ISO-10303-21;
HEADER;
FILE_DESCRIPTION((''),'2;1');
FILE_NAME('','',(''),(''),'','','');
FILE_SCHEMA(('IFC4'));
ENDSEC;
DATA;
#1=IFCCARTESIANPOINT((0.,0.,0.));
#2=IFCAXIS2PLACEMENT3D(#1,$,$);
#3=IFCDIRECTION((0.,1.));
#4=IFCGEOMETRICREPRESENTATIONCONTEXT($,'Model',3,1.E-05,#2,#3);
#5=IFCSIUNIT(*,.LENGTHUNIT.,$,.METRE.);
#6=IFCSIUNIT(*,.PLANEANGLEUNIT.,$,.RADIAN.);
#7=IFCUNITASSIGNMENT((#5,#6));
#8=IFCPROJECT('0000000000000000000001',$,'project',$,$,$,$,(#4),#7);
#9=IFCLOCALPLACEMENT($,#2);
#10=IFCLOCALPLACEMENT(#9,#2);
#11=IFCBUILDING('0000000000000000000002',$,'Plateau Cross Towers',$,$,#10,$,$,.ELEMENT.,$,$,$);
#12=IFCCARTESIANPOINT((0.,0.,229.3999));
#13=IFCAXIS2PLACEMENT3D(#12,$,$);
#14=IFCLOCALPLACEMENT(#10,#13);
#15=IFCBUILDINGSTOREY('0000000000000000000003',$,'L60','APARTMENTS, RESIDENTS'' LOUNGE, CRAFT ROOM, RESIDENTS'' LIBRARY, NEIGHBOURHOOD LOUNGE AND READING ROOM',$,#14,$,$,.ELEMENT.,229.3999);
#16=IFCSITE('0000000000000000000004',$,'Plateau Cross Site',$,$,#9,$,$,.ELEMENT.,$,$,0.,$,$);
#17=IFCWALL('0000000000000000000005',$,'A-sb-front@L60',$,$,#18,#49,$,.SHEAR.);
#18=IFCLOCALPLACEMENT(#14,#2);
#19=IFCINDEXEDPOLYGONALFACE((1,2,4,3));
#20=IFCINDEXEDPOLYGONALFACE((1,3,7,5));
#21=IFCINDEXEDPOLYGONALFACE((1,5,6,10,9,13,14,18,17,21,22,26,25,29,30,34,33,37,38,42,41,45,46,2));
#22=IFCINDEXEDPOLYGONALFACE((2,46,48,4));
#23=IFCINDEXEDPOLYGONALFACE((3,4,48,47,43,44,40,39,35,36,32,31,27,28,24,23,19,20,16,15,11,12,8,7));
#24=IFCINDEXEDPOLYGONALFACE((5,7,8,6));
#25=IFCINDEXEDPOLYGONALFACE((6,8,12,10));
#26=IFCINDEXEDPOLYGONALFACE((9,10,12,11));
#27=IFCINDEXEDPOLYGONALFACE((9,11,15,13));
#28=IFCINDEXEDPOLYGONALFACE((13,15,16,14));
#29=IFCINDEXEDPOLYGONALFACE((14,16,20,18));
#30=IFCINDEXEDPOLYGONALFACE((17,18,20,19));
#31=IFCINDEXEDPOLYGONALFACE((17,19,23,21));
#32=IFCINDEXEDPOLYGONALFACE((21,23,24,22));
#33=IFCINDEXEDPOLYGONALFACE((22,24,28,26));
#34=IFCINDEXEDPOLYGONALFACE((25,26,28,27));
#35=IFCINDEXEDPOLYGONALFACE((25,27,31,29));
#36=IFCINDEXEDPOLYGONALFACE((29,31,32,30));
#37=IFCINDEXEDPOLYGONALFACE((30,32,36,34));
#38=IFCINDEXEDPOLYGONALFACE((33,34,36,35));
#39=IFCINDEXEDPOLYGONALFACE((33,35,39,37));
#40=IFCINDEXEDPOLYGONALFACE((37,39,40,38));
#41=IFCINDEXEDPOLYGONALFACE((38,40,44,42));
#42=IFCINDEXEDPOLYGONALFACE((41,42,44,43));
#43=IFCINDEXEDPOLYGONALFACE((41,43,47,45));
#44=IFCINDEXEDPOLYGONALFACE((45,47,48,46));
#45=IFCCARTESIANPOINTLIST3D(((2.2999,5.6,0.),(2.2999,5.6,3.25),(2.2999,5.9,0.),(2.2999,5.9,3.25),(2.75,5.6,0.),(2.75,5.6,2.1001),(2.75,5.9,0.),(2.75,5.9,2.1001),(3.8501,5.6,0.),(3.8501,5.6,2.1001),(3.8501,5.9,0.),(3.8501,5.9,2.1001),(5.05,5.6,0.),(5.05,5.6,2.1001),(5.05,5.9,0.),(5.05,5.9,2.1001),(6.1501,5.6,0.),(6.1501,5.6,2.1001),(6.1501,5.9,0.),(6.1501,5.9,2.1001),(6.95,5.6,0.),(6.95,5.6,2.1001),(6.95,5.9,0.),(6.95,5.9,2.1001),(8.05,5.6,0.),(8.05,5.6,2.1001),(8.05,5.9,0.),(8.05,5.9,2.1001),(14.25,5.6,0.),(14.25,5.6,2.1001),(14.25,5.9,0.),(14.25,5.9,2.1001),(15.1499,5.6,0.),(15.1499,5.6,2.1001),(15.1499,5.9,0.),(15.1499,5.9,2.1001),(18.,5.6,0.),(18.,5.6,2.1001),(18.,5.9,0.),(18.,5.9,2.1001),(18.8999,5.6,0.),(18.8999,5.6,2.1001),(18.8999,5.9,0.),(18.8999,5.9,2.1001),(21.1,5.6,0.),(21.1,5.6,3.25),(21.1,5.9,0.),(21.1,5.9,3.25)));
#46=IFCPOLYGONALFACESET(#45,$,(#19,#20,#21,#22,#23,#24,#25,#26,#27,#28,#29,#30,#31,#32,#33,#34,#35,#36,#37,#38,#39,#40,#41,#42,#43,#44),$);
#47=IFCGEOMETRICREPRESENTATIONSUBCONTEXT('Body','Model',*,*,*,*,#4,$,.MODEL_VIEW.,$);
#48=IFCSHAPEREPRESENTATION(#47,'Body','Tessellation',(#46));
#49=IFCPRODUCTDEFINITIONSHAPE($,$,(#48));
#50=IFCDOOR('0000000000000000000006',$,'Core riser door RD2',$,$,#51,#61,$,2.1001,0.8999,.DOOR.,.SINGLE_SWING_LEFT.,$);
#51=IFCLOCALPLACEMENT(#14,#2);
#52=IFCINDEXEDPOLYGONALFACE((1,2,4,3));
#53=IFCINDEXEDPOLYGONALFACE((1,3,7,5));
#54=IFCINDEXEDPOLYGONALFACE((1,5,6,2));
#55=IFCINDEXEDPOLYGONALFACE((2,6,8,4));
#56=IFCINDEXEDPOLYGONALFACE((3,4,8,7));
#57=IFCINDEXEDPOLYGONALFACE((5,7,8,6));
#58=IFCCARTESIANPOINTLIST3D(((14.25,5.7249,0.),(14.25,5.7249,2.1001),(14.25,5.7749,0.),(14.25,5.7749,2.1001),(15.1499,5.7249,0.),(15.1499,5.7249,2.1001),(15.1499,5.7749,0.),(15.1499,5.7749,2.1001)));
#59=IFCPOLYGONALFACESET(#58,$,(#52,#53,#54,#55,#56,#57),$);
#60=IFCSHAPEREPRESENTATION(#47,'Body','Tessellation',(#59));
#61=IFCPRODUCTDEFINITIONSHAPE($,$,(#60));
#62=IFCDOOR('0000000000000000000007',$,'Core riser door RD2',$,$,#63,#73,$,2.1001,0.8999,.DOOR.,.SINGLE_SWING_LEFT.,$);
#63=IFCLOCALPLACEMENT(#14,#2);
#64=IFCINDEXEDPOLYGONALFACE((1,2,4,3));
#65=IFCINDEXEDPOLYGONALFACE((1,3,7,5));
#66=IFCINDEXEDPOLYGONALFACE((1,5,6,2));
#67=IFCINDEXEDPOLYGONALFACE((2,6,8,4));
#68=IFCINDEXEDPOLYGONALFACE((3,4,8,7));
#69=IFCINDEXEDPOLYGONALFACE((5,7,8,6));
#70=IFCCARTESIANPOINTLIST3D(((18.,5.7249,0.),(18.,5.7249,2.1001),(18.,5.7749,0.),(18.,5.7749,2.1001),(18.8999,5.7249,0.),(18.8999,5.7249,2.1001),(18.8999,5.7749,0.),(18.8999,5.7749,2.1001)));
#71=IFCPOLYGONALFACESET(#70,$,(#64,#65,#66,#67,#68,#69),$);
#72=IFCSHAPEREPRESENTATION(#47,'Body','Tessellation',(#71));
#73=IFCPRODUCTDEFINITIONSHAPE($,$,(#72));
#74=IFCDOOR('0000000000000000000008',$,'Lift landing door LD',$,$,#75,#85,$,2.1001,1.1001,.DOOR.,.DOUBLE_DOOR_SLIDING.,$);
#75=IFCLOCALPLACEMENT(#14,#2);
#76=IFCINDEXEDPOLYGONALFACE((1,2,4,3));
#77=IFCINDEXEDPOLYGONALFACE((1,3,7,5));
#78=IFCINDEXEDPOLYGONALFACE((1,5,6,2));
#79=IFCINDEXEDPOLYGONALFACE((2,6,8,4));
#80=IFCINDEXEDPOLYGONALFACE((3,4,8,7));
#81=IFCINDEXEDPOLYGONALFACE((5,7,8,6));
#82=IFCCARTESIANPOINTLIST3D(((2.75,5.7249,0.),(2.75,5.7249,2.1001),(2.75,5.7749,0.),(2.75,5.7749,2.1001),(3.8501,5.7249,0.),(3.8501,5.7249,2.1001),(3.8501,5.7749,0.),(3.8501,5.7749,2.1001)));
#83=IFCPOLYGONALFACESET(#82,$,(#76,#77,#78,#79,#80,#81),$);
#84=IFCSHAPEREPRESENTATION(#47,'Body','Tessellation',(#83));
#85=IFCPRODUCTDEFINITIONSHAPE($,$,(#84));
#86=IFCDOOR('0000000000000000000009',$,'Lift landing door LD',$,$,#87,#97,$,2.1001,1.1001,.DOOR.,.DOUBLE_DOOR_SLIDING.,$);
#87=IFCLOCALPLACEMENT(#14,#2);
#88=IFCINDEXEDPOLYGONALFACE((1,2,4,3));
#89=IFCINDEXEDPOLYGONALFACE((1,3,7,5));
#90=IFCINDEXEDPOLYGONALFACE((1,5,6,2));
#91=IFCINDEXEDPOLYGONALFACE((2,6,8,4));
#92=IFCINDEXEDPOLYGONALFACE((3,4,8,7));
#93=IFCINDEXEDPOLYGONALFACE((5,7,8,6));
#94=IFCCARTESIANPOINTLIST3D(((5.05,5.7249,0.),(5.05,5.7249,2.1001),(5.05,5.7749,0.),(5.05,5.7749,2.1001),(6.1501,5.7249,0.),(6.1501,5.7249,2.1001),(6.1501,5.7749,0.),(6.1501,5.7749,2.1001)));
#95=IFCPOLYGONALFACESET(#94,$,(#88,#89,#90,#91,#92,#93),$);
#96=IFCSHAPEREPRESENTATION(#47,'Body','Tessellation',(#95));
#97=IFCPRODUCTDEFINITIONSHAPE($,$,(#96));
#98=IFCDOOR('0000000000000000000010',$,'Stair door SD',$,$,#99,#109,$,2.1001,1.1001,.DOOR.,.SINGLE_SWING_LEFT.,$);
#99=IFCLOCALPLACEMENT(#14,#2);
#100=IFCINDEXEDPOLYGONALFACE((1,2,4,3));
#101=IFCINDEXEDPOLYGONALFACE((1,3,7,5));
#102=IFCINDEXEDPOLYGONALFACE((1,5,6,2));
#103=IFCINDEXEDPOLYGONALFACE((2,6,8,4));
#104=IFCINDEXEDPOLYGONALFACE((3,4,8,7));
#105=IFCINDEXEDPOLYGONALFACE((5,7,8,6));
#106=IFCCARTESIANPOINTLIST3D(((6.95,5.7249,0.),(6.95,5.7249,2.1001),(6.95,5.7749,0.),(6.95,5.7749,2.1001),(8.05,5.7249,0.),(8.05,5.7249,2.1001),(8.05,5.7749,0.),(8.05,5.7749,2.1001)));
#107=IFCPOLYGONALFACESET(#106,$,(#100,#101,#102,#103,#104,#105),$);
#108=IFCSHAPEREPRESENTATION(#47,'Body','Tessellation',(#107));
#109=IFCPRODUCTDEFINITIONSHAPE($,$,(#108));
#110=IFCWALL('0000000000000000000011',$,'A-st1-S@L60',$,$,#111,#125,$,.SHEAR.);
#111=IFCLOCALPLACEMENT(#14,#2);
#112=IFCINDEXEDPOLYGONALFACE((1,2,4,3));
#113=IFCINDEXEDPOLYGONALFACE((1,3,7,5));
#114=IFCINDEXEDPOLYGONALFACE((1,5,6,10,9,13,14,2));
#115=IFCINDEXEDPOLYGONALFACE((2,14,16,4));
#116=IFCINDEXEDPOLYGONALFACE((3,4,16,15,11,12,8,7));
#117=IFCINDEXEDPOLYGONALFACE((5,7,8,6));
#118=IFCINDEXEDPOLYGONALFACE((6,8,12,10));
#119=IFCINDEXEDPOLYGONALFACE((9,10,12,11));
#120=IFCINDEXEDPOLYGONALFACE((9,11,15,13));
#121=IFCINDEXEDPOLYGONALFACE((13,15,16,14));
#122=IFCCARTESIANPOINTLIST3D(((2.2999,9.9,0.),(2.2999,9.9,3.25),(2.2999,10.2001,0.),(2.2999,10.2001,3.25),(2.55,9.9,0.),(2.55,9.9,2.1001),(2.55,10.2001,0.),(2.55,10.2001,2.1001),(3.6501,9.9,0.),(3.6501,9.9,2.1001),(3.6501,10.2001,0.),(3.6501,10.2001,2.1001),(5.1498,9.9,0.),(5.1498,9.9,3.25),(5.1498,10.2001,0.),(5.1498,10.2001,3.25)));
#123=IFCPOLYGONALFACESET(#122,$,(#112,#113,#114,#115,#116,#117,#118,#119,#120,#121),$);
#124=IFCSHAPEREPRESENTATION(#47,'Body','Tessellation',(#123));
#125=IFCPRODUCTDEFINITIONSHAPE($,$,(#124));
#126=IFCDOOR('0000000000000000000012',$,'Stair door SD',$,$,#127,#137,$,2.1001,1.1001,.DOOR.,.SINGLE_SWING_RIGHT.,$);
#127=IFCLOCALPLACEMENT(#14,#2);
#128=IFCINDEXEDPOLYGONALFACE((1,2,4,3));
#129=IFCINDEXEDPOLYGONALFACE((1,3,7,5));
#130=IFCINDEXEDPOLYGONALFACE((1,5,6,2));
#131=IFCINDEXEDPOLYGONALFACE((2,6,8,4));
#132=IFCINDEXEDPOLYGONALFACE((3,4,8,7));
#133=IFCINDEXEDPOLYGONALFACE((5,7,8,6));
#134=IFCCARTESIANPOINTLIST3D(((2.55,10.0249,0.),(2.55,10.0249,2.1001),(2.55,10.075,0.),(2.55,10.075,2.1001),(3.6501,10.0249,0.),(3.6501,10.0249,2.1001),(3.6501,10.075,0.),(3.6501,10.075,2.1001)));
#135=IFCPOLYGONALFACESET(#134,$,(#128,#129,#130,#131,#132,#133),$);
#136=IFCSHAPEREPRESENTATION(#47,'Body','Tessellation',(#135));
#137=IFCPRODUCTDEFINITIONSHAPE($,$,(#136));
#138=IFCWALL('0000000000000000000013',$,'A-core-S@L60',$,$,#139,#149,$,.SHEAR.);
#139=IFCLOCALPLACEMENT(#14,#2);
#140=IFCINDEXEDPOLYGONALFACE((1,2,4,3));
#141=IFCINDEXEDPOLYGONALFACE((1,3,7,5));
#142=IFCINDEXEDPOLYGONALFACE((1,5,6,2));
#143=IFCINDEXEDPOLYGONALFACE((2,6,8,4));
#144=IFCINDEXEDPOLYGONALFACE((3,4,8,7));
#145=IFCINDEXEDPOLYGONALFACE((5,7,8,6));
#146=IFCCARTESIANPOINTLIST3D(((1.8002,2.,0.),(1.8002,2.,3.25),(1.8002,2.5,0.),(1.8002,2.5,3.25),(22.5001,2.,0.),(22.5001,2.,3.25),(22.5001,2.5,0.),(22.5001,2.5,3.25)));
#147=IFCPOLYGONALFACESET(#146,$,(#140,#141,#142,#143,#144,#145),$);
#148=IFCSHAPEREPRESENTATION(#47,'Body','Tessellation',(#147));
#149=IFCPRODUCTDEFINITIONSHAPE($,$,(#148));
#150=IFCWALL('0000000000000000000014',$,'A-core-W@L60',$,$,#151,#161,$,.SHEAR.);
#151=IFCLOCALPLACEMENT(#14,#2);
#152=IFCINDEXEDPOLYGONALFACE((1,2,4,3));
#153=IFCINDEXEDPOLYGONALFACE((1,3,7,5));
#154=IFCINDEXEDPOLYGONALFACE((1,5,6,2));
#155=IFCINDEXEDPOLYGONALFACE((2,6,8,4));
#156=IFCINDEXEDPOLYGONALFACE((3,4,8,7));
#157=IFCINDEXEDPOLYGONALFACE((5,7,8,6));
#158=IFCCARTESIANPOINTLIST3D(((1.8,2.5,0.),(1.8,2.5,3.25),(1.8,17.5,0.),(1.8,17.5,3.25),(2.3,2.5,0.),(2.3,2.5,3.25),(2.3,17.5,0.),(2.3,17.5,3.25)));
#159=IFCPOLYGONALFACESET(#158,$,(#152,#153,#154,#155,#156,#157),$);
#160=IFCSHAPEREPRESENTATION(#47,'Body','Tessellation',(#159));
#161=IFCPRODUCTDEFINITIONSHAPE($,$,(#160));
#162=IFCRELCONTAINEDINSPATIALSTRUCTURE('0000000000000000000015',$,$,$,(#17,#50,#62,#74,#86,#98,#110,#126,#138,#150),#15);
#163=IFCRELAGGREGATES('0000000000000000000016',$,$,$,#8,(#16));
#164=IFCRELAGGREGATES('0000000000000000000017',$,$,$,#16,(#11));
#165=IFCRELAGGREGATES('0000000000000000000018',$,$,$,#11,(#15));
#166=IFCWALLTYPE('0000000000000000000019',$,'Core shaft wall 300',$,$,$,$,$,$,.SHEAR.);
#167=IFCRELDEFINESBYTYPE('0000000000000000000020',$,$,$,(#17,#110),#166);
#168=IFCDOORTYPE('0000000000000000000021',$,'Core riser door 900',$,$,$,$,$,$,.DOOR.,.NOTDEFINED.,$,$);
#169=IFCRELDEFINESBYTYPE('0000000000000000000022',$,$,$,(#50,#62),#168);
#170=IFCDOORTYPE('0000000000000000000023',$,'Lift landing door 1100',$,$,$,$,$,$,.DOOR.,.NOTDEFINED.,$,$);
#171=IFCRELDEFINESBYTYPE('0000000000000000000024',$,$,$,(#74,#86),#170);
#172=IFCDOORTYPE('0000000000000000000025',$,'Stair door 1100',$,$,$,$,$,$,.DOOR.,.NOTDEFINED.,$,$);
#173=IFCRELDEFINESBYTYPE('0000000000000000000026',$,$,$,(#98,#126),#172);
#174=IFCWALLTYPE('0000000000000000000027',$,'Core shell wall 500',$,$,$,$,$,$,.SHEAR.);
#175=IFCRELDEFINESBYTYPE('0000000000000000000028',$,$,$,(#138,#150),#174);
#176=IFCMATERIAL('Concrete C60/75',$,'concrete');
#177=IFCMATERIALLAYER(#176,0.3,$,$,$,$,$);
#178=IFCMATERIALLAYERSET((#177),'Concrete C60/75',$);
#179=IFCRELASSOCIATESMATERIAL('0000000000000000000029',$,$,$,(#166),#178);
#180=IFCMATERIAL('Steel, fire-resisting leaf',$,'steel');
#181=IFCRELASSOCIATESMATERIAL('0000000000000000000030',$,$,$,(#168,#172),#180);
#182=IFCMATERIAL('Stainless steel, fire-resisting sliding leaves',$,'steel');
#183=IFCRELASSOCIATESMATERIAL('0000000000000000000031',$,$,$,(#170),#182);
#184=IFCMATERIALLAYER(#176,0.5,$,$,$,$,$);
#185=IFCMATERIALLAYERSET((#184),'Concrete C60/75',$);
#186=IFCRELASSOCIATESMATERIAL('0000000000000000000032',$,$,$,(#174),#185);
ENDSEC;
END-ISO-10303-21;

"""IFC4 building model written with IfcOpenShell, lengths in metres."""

from ifc_helpers import new_model, si_unit, direction, frame, frame_2d, origin, place, context, subcontext, project, spatial, rectangle, extrude, material, layer, layer_set, type_object, element, fill, save


model = new_model("IFC4")

# Units and contexts
model_context = context("Model", 3, precision=1e-05, world=origin(), true_north=direction((0.0, 1.0)))
body_context = subcontext(model_context, "Body", "Model", "MODEL_VIEW")
ifc_project = project(units=[si_unit("LENGTHUNIT", "METRE"), si_unit("PLANEANGLEUNIT", "RADIAN")], contexts=[model_context])

# Site, building, storey
site_placement = place(None, origin())
site = spatial("IfcSite", under=ifc_project, at=site_placement, Name="Plateau Cross Site", CompositionType="ELEMENT", RefElevation=0.0)
building_placement = place(site_placement, origin())
building = spatial("IfcBuilding", under=site, at=building_placement, Name="Plateau Cross Towers", CompositionType="ELEMENT")
storey_placement = place(building_placement, frame((0.0, 0.0, 229.3999)))
storey = spatial("IfcBuildingStorey", under=building, at=storey_placement, Name="L60", Description="APARTMENTS, RESIDENTS' LOUNGE, CRAFT ROOM, RESIDENTS' LIBRARY, NEIGHBOURHOOD LOUNGE AND READING ROOM", CompositionType="ELEMENT", Elevation=229.3999)

# Shared definitions
ifc_material_1 = material(Name="Concrete C60/75", Category="concrete")
ifc_layer_1 = layer(ifc_material_1, 0.3)
ifc_layer_set_1 = layer_set([ifc_layer_1], Name="Concrete C60/75")
wall_type_1 = type_object("IfcWallType", Name="Core shaft wall 300", PredefinedType="SHEAR", material=ifc_layer_set_1)

# Wall, openings, doors
wall_1_placement = place(storey_placement, frame((2.3, 5.75, 0.0), z_axis=(0.0, 0.0, 1.0), x_axis=(1.0, 0.0, 0.0)))
wall_1 = element("IfcWall", 1, at=wall_1_placement, inside=storey, type_object=wall_type_1, Name="A-sb-front@L60", PredefinedType="SHEAR", context=body_context, shape_type="SweptSolid", body=[
    extrude(rectangle(XDim=18.8, YDim=0.3, at=frame_2d((9.3999, 0.0))), origin(), (0.0, 0.0, 1.0), 3.25),
])
opening_1_placement = place(wall_1_placement, frame((4.6499, 0.0, 0.0)))
opening_1 = element("IfcOpeningElement", 2, at=opening_1_placement, cuts=wall_1, PredefinedType="OPENING", context=body_context, shape_type="SweptSolid", body=[
    extrude(rectangle(XDim=1.1001, YDim=2.1001, at=frame_2d((0.55, 1.05))), frame((0.0, 0.1599, 0.0), z_axis=(0.0, -1.0, 0.0), x_axis=(1.0, 0.0, 0.0)), (0.0, 0.0, 1.0), 0.3201),
])
opening_2_placement = place(wall_1_placement, frame((0.45, 0.0, 0.0)))
opening_2 = element("IfcOpeningElement", 3, at=opening_2_placement, cuts=wall_1, PredefinedType="OPENING", context=body_context, shape_type="SweptSolid", body=[
    extrude(rectangle(XDim=1.1001, YDim=2.1001, at=frame_2d((0.55, 1.05))), frame((0.0, 0.1599, 0.0), z_axis=(0.0, -1.0, 0.0), x_axis=(1.0, 0.0, 0.0)), (0.0, 0.0, 1.0), 0.3201),
])
opening_3_placement = place(wall_1_placement, frame((2.75, 0.0, 0.0)))
opening_3 = element("IfcOpeningElement", 4, at=opening_3_placement, cuts=wall_1, PredefinedType="OPENING", context=body_context, shape_type="SweptSolid", body=[
    extrude(rectangle(XDim=1.1001, YDim=2.1001, at=frame_2d((0.55, 1.05))), frame((0.0, 0.1599, 0.0), z_axis=(0.0, -1.0, 0.0), x_axis=(1.0, 0.0, 0.0)), (0.0, 0.0, 1.0), 0.3201),
])
opening_4_placement = place(wall_1_placement, frame((11.95, 0.0, 0.0)))
opening_4 = element("IfcOpeningElement", 5, at=opening_4_placement, cuts=wall_1, PredefinedType="OPENING", context=body_context, shape_type="SweptSolid", body=[
    extrude(rectangle(XDim=0.8999, YDim=2.1001, at=frame_2d((0.45, 1.05))), frame((0.0, 0.1599, 0.0), z_axis=(0.0, -1.0, 0.0), x_axis=(1.0, 0.0, 0.0)), (0.0, 0.0, 1.0), 0.3201),
])
opening_5_placement = place(wall_1_placement, frame((15.7, 0.0, 0.0)))
opening_5 = element("IfcOpeningElement", 6, at=opening_5_placement, cuts=wall_1, PredefinedType="OPENING", context=body_context, shape_type="SweptSolid", body=[
    extrude(rectangle(XDim=0.8999, YDim=2.1001, at=frame_2d((0.45, 1.05))), frame((0.0, 0.1599, 0.0), z_axis=(0.0, -1.0, 0.0), x_axis=(1.0, 0.0, 0.0)), (0.0, 0.0, 1.0), 0.3201),
])
ifc_material_2 = material(Name="Steel, fire-resisting leaf", Category="steel")
door_type_1 = type_object("IfcDoorType", Name="Core riser door 900", OperationType="NOTDEFINED", PredefinedType="DOOR", material=ifc_material_2)
door_1_placement = place(opening_4_placement, origin())
door_1 = element("IfcDoor", 7, at=door_1_placement, inside=storey, type_object=door_type_1, Name="Core riser door RD2", OperationType="SINGLE_SWING_LEFT", OverallHeight=2.1001, OverallWidth=0.8999, PredefinedType="DOOR", context=body_context, shape_type="SweptSolid", body=[
    extrude(rectangle(XDim=0.8999, YDim=2.1001, at=frame_2d((0.45, 1.05))), frame((0.0, 0.0249, 0.0), z_axis=(0.0, -1.0, 0.0), x_axis=(1.0, 0.0, 0.0)), (0.0, 0.0, 1.0), 0.05),
])
fill(opening_4, door_1)
door_2_placement = place(opening_5_placement, origin())
door_2 = element("IfcDoor", 8, at=door_2_placement, inside=storey, type_object=door_type_1, Name="Core riser door RD2", OperationType="SINGLE_SWING_LEFT", OverallHeight=2.1001, OverallWidth=0.8999, PredefinedType="DOOR", context=body_context, shape_type="SweptSolid", body=[
    extrude(rectangle(XDim=0.8999, YDim=2.1001, at=frame_2d((0.45, 1.05))), frame((0.0, 0.0249, 0.0), z_axis=(0.0, -1.0, 0.0), x_axis=(1.0, 0.0, 0.0)), (0.0, 0.0, 1.0), 0.05),
])
fill(opening_5, door_2)
ifc_material_3 = material(Name="Stainless steel, fire-resisting sliding leaves", Category="steel")
door_type_2 = type_object("IfcDoorType", Name="Lift landing door 1100", OperationType="NOTDEFINED", PredefinedType="DOOR", material=ifc_material_3)
door_3_placement = place(opening_2_placement, origin())
door_3 = element("IfcDoor", 9, at=door_3_placement, inside=storey, type_object=door_type_2, Name="Lift landing door LD", OperationType="DOUBLE_DOOR_SLIDING", OverallHeight=2.1001, OverallWidth=1.1001, PredefinedType="DOOR", context=body_context, shape_type="SweptSolid", body=[
    extrude(rectangle(XDim=1.1001, YDim=2.1001, at=frame_2d((0.55, 1.05))), frame((0.0, 0.0249, 0.0), z_axis=(0.0, -1.0, 0.0), x_axis=(1.0, 0.0, 0.0)), (0.0, 0.0, 1.0), 0.05),
])
fill(opening_2, door_3)
door_4_placement = place(opening_3_placement, origin())
door_4 = element("IfcDoor", 10, at=door_4_placement, inside=storey, type_object=door_type_2, Name="Lift landing door LD", OperationType="DOUBLE_DOOR_SLIDING", OverallHeight=2.1001, OverallWidth=1.1001, PredefinedType="DOOR", context=body_context, shape_type="SweptSolid", body=[
    extrude(rectangle(XDim=1.1001, YDim=2.1001, at=frame_2d((0.55, 1.05))), frame((0.0, 0.0249, 0.0), z_axis=(0.0, -1.0, 0.0), x_axis=(1.0, 0.0, 0.0)), (0.0, 0.0, 1.0), 0.05),
])
fill(opening_3, door_4)
door_type_3 = type_object("IfcDoorType", Name="Stair door 1100", OperationType="NOTDEFINED", PredefinedType="DOOR", material=ifc_material_2)
door_5_placement = place(opening_1_placement, origin())
door_5 = element("IfcDoor", 11, at=door_5_placement, inside=storey, type_object=door_type_3, Name="Stair door SD", OperationType="SINGLE_SWING_LEFT", OverallHeight=2.1001, OverallWidth=1.1001, PredefinedType="DOOR", context=body_context, shape_type="SweptSolid", body=[
    extrude(rectangle(XDim=1.1001, YDim=2.1001, at=frame_2d((0.55, 1.05))), frame((0.0, 0.0249, 0.0), z_axis=(0.0, -1.0, 0.0), x_axis=(1.0, 0.0, 0.0)), (0.0, 0.0, 1.0), 0.05),
])
fill(opening_1, door_5)

# Wall, opening, door
wall_2_placement = place(storey_placement, frame((2.3, 10.05, 0.0), z_axis=(0.0, 0.0, 1.0), x_axis=(1.0, 0.0, 0.0)))
wall_2 = element("IfcWall", 12, at=wall_2_placement, inside=storey, type_object=wall_type_1, Name="A-st1-S@L60", PredefinedType="SHEAR", context=body_context, shape_type="SweptSolid", body=[
    extrude(rectangle(XDim=2.8499, YDim=0.3, at=frame_2d((1.4248, 0.0))), origin(), (0.0, 0.0, 1.0), 3.25),
])
opening_6_placement = place(wall_2_placement, frame((0.25, 0.0, 0.0)))
opening_6 = element("IfcOpeningElement", 13, at=opening_6_placement, cuts=wall_2, PredefinedType="OPENING", context=body_context, shape_type="SweptSolid", body=[
    extrude(rectangle(XDim=1.1001, YDim=2.1001, at=frame_2d((0.55, 1.05))), frame((0.0, 0.1599, 0.0), z_axis=(0.0, -1.0, 0.0), x_axis=(1.0, 0.0, 0.0)), (0.0, 0.0, 1.0), 0.3201),
])
door_6_placement = place(opening_6_placement, origin())
door_6 = element("IfcDoor", 14, at=door_6_placement, inside=storey, type_object=door_type_3, Name="Stair door SD", OperationType="SINGLE_SWING_RIGHT", OverallHeight=2.1001, OverallWidth=1.1001, PredefinedType="DOOR", context=body_context, shape_type="SweptSolid", body=[
    extrude(rectangle(XDim=1.1001, YDim=2.1001, at=frame_2d((0.55, 1.05))), frame((0.0, 0.0249, 0.0), z_axis=(0.0, -1.0, 0.0), x_axis=(1.0, 0.0, 0.0)), (0.0, 0.0, 1.0), 0.05),
])
fill(opening_6, door_6)

# Walls
ifc_layer_2 = layer(ifc_material_1, 0.5)
ifc_layer_set_2 = layer_set([ifc_layer_2], Name="Concrete C60/75")
wall_type_2 = type_object("IfcWallType", Name="Core shell wall 500", PredefinedType="SHEAR", material=ifc_layer_set_2)
wall_3_placement = place(storey_placement, frame((1.8, 2.25, 0.0), z_axis=(0.0, 0.0, 1.0), x_axis=(1.0, 0.0, 0.0)))
element("IfcWall", 15, at=wall_3_placement, inside=storey, type_object=wall_type_2, Name="A-core-S@L60", PredefinedType="SHEAR", context=body_context, shape_type="SweptSolid", body=[
    extrude(rectangle(XDim=20.7, YDim=0.5, at=frame_2d((10.3501, 0.0))), origin(), (0.0, 0.0, 1.0), 3.25),
])
wall_4_placement = place(storey_placement, frame((2.05, 2.5, 0.0), z_axis=(0.0, 0.0, 1.0), x_axis=(0.0, 1.0, 0.0)))
element("IfcWall", 16, at=wall_4_placement, inside=storey, type_object=wall_type_2, Name="A-core-W@L60", PredefinedType="SHEAR", context=body_context, shape_type="SweptSolid", body=[
    extrude(rectangle(XDim=15.0, YDim=0.5, at=frame_2d((7.5, 0.0))), origin(), (0.0, 0.0, 1.0), 3.25),
])

save(model, "model.ifc")
